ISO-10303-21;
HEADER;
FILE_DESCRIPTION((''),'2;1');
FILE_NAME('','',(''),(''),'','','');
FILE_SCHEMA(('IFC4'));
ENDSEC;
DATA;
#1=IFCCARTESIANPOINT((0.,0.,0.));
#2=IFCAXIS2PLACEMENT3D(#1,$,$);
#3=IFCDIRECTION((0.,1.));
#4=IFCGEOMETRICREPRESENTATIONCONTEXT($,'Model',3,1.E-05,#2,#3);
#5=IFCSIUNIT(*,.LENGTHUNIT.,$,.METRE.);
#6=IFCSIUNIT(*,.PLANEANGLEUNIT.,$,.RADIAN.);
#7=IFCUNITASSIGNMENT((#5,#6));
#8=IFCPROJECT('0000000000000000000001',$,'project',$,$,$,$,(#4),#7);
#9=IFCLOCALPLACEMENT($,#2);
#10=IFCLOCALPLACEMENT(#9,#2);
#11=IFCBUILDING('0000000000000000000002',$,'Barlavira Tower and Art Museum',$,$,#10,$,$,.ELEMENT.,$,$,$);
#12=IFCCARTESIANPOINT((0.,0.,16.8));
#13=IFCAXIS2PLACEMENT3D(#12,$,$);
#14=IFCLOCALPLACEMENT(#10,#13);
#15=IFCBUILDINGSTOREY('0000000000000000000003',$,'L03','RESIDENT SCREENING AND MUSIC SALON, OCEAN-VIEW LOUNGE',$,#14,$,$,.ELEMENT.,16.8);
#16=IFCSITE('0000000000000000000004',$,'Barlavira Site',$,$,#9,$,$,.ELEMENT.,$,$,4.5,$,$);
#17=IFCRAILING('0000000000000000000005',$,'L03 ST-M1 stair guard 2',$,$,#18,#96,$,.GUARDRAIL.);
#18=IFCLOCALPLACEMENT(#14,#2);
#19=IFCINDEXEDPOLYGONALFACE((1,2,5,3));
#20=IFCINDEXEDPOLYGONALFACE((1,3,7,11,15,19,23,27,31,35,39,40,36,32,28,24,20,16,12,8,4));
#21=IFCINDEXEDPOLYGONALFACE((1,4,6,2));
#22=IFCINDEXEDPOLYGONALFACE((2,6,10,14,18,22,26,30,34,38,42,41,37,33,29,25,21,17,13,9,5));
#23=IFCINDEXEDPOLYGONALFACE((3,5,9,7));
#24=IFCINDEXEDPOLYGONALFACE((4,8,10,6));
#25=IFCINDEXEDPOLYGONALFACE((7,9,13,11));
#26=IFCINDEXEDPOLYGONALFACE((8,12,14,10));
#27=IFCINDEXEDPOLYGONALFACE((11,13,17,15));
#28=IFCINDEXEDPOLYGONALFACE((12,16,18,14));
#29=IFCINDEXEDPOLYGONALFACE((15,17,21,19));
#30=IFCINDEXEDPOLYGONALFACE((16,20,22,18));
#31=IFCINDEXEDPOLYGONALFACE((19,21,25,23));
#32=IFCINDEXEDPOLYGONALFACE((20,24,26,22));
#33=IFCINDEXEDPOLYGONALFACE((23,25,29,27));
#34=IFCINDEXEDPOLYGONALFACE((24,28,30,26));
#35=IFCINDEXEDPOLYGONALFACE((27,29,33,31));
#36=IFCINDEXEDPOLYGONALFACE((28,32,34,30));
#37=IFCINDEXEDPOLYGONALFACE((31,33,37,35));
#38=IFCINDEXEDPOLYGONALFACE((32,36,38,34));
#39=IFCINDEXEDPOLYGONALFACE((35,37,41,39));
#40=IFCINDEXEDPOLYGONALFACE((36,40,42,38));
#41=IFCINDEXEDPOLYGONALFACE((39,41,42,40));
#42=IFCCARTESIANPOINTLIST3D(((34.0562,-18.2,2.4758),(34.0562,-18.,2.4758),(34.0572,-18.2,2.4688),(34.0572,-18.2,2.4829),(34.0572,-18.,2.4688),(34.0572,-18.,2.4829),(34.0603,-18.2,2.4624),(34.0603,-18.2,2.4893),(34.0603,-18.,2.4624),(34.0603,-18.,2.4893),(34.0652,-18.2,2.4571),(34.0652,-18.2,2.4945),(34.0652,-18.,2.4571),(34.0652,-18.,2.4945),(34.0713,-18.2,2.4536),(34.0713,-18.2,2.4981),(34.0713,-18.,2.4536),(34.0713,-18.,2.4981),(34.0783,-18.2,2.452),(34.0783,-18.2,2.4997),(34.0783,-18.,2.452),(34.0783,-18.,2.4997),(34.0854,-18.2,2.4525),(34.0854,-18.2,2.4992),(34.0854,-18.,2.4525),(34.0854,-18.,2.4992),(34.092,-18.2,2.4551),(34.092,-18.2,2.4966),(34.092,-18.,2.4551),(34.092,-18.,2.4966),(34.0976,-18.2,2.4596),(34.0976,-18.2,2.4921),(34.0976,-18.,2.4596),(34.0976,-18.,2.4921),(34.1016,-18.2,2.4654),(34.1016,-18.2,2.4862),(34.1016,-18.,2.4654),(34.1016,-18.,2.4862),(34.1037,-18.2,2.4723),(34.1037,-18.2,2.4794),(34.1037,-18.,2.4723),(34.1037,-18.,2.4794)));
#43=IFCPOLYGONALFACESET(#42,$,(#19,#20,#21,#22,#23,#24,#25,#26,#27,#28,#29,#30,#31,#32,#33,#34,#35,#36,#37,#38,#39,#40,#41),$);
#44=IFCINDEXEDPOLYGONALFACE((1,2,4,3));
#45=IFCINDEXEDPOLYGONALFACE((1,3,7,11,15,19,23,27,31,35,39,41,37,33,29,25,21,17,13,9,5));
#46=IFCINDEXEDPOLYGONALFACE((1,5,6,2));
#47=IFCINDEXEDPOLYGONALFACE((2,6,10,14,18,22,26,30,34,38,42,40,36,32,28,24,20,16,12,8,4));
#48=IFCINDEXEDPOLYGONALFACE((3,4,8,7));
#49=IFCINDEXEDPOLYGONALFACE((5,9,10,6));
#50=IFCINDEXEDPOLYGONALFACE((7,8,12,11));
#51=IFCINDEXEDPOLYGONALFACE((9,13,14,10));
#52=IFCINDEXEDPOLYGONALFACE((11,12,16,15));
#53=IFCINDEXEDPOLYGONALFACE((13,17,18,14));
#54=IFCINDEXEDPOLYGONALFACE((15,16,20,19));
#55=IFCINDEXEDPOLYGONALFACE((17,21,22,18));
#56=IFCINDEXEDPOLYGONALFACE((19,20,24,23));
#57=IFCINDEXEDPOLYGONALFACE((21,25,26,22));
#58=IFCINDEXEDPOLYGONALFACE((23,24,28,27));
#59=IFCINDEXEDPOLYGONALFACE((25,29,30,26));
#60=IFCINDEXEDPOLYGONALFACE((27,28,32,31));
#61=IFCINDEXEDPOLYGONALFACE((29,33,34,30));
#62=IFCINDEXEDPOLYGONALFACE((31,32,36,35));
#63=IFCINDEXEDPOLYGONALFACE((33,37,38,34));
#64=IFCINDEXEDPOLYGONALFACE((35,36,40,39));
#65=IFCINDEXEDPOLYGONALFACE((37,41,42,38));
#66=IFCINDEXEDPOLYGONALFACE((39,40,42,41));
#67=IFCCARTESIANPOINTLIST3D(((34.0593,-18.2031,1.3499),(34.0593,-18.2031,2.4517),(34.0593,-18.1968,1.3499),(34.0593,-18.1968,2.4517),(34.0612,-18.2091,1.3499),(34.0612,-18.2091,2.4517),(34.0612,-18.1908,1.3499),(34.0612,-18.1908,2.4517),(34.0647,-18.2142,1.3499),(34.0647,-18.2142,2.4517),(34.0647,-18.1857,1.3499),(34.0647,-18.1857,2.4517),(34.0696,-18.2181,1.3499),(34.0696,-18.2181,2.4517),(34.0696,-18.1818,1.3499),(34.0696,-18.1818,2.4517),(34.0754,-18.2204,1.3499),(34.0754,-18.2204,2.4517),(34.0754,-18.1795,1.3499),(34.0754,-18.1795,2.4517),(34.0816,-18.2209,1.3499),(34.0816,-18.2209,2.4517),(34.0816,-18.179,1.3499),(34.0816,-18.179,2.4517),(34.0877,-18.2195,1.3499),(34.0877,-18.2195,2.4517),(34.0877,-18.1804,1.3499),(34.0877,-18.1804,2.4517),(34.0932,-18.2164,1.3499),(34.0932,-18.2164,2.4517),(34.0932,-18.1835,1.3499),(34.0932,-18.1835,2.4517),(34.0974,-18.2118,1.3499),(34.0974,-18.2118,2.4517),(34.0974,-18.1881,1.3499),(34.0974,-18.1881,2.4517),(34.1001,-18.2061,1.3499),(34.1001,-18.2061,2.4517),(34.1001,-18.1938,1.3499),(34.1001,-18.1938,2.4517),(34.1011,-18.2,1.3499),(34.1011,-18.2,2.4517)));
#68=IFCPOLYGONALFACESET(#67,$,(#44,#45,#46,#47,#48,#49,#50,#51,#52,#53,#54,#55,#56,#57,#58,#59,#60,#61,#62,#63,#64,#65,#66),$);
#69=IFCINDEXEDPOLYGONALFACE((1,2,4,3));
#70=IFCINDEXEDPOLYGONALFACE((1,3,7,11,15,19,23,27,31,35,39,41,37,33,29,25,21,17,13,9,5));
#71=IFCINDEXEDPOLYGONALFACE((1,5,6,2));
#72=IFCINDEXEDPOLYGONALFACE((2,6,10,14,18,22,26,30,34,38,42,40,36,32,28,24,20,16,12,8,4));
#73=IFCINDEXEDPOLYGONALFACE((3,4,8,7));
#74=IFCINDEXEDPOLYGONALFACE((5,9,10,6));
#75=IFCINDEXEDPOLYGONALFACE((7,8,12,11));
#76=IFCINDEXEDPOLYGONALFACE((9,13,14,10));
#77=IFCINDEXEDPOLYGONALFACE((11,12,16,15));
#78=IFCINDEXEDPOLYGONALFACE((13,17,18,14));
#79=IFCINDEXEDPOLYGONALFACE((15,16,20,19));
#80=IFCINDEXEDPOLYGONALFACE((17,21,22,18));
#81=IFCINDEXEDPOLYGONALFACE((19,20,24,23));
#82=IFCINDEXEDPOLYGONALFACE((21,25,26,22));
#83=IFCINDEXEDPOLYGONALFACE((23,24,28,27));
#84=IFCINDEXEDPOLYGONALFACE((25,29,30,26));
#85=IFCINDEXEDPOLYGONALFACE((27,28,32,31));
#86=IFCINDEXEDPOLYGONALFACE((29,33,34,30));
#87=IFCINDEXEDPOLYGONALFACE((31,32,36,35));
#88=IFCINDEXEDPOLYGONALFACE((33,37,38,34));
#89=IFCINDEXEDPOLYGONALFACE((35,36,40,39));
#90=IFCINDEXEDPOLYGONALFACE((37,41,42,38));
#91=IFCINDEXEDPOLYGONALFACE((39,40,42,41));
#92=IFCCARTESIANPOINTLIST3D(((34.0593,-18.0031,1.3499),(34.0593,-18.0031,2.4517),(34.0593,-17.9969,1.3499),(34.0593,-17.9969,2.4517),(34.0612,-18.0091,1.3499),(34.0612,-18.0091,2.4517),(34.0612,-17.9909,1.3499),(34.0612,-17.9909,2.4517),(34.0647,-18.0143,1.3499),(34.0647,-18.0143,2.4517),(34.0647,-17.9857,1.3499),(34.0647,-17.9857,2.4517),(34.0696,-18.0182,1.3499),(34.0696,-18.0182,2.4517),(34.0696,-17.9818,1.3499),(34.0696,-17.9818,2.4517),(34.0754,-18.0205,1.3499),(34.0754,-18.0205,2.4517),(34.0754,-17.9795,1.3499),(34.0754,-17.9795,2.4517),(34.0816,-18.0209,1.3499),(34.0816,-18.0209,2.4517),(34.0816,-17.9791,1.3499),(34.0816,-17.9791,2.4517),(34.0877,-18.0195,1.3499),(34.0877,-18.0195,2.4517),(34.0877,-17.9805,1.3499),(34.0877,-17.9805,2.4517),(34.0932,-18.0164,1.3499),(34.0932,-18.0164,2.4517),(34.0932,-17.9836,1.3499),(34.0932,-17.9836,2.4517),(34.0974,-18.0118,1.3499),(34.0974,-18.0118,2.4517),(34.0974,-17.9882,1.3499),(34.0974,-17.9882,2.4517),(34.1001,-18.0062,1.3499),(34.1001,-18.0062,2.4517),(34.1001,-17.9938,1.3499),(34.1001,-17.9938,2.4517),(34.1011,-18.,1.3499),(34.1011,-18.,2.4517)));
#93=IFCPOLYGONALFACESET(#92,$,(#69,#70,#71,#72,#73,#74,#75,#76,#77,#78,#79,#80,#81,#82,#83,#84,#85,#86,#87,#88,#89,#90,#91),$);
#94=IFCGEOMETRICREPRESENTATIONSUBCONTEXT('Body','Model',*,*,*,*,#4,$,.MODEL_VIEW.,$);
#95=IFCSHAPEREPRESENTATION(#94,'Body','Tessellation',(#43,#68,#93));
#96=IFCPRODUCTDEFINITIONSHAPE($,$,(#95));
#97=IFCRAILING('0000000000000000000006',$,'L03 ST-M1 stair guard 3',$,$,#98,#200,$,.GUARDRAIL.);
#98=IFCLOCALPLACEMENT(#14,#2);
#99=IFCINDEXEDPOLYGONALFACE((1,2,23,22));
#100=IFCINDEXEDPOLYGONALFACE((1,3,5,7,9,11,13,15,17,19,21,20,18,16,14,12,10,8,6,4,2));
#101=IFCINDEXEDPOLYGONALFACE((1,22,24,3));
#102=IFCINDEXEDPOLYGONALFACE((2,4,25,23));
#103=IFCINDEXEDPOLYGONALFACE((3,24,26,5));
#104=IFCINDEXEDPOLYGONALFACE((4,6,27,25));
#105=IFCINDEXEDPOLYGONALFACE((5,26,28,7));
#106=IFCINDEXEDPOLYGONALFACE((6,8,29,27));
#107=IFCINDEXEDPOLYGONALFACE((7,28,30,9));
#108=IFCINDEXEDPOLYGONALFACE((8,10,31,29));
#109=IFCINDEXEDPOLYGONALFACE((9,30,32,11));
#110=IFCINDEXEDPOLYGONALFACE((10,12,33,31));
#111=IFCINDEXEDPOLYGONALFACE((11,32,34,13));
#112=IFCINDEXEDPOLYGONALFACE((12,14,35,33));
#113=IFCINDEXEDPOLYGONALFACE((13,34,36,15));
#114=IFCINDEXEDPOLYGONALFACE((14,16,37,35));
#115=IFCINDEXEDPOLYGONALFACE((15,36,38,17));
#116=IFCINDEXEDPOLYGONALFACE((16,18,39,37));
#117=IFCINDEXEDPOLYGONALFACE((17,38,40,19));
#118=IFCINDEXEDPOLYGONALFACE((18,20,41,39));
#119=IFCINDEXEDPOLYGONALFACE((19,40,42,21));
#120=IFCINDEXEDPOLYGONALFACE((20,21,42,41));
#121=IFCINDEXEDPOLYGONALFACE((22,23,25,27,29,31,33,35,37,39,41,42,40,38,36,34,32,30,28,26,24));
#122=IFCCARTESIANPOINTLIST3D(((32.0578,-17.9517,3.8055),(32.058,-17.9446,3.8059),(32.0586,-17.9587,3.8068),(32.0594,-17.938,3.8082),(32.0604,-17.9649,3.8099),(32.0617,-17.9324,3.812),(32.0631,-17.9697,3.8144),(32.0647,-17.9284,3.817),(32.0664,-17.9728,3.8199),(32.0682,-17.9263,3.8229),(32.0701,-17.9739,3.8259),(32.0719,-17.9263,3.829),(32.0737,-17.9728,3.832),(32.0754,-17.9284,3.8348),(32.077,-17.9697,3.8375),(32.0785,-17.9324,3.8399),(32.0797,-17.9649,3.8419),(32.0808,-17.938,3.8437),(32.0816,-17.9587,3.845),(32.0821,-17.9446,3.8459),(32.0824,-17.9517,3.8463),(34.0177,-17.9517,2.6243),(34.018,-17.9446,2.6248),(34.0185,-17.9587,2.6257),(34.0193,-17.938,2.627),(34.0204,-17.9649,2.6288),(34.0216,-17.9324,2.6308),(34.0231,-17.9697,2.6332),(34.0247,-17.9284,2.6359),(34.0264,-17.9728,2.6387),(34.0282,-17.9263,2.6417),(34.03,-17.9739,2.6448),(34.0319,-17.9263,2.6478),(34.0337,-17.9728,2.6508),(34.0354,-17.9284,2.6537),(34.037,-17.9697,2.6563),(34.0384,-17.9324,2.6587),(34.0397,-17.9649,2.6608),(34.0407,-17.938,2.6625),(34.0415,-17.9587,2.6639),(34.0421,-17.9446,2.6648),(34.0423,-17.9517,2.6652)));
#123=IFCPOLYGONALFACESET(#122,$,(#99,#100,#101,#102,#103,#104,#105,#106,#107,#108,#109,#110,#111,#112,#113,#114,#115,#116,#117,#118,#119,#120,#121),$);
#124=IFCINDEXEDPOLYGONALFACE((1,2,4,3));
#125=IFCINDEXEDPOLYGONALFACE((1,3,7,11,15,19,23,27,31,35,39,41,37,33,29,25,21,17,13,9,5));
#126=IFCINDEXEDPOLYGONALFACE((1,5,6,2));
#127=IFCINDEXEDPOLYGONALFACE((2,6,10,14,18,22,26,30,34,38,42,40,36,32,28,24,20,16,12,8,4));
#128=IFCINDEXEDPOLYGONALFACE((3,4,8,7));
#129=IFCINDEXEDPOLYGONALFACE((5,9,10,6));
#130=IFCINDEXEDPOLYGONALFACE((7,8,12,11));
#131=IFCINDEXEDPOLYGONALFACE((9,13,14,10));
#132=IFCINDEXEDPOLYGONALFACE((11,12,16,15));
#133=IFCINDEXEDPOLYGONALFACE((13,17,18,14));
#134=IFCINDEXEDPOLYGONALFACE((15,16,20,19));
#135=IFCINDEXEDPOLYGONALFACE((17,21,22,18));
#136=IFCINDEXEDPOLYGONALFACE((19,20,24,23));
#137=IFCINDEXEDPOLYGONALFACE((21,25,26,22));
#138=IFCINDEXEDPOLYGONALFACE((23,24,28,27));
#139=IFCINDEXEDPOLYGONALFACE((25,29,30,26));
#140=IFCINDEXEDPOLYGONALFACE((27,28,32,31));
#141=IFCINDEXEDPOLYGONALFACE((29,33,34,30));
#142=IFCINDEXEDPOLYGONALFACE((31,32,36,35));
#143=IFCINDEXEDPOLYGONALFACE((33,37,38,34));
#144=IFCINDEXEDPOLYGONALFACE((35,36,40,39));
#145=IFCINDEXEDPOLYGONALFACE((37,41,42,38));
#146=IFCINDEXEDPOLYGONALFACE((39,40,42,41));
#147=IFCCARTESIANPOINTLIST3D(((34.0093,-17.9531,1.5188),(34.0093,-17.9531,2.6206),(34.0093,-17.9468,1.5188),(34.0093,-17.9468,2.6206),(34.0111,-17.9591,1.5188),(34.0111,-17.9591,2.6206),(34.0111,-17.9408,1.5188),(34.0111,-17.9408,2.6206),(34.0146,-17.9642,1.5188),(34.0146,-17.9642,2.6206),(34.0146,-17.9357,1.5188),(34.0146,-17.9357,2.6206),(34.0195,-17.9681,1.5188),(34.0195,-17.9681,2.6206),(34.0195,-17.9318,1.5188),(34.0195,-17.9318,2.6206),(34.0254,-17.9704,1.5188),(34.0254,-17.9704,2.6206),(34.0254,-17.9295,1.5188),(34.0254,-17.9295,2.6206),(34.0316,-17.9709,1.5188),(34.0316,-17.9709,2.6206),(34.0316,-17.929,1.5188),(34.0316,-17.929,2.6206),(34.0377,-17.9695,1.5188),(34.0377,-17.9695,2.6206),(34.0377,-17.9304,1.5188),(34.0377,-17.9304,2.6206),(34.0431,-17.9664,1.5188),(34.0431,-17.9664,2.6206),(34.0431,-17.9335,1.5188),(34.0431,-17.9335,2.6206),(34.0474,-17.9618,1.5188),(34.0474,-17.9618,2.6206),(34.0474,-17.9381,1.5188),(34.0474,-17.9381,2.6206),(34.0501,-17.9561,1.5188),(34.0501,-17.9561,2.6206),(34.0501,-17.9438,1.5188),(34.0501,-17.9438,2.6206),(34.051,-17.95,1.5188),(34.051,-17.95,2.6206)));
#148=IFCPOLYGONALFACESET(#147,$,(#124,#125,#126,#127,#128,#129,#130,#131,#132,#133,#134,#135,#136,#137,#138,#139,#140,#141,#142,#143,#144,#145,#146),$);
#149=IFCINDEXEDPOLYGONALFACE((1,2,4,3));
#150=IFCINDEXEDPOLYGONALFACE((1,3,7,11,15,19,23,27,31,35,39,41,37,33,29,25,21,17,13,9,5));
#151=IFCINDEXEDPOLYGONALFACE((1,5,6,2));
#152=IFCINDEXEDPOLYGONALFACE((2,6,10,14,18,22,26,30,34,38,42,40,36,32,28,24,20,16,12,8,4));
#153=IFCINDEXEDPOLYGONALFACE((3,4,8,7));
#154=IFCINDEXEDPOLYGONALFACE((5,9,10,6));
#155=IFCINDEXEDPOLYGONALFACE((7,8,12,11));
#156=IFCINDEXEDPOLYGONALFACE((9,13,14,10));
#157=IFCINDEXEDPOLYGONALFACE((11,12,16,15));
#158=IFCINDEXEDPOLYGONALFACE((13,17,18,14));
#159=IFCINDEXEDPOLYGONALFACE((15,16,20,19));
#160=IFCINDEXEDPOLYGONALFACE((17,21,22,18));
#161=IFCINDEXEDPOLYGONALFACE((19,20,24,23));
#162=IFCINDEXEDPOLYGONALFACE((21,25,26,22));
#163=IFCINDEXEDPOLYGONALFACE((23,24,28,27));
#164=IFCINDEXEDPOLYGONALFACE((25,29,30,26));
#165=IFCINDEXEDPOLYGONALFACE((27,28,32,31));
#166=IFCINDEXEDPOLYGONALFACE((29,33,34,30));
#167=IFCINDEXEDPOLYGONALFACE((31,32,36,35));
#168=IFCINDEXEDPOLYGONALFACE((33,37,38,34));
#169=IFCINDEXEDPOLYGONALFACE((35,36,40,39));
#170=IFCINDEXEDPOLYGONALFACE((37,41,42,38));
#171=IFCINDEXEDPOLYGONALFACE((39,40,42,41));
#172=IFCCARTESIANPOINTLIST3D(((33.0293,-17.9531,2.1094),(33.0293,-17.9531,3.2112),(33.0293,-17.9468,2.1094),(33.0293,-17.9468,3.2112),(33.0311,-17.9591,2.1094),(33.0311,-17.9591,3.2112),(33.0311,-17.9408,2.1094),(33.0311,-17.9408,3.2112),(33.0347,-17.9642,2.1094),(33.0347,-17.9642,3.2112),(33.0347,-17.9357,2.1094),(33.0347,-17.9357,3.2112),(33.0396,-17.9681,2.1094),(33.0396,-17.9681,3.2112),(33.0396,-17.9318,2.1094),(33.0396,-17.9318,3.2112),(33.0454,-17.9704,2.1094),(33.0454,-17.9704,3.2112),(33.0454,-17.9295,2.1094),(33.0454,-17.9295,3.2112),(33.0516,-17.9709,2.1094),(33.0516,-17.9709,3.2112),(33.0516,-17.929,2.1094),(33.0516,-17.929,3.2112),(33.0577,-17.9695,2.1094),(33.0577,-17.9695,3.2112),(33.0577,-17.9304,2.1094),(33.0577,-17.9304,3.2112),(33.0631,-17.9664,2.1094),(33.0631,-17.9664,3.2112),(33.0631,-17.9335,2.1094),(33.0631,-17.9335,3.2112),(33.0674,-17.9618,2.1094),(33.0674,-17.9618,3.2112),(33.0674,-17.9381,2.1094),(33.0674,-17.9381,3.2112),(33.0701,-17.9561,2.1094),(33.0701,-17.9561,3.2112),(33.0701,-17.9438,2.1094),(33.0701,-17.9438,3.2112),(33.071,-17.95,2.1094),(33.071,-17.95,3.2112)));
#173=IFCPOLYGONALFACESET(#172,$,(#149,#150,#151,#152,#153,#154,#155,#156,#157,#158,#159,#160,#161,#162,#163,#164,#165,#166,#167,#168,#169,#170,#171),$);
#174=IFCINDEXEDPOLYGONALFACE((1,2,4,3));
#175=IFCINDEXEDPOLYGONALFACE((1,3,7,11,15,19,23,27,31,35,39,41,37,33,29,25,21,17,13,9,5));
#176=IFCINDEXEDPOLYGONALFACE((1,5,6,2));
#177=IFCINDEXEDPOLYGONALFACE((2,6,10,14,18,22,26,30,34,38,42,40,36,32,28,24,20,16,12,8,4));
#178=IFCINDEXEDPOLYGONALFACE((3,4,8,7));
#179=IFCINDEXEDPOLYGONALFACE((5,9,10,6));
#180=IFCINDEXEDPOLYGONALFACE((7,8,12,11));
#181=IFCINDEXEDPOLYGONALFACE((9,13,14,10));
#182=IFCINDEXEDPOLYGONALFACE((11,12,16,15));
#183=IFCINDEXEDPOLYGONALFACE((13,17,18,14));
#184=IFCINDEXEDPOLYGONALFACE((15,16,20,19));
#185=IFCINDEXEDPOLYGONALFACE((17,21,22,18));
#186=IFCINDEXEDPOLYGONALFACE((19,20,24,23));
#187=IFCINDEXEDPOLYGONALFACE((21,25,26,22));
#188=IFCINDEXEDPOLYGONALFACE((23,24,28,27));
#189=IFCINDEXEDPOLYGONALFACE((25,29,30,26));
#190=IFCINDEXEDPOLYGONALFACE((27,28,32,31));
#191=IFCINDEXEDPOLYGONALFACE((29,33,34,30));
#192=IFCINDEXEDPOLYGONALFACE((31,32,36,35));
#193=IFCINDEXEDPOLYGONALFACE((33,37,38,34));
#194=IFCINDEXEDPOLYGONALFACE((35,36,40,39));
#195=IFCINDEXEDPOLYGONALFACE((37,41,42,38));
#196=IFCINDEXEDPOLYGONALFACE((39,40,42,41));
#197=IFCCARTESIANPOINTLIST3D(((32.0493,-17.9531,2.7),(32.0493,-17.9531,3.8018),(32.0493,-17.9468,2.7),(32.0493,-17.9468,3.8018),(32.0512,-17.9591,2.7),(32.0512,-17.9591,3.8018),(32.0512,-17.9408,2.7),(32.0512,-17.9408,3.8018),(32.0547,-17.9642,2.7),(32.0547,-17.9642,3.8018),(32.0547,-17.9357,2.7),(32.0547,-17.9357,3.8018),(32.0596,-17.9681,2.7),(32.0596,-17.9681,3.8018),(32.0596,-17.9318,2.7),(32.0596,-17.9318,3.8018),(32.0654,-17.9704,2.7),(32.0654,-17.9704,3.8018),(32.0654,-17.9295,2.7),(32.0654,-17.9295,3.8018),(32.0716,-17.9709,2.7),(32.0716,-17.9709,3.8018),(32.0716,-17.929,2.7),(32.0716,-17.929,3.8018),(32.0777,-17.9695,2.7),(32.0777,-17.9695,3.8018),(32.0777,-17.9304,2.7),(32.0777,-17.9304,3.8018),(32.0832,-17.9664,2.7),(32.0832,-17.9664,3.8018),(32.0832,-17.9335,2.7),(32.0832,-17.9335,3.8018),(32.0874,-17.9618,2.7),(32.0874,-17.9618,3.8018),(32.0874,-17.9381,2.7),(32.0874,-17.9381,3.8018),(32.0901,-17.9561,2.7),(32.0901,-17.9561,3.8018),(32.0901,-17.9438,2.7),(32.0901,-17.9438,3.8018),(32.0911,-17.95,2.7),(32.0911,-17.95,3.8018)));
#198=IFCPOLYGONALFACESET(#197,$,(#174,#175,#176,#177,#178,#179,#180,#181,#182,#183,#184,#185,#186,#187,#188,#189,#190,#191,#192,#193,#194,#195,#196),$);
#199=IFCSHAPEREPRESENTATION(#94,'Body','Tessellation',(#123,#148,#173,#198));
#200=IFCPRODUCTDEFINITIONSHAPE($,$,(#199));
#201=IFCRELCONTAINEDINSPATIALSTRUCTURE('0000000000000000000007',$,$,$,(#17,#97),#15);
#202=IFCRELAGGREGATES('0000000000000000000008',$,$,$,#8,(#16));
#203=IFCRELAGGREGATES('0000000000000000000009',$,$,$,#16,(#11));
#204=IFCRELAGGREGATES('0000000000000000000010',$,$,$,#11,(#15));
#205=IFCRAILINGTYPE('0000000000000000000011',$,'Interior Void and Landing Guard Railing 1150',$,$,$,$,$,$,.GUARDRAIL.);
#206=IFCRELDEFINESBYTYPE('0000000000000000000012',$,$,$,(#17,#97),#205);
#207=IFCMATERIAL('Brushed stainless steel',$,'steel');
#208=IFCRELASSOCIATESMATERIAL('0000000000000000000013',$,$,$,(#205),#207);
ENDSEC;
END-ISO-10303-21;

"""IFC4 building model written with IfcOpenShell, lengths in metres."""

from ifc_helpers import new_model, si_unit, direction, frame, origin, origin_2d, place, context, subcontext, project, spatial, circle, extrude, material, type_object, element, save


model = new_model("IFC4")

# Units and contexts
model_context = context("Model", 3, precision=1e-05, world=origin(), true_north=direction((0.0, 1.0)))
body_context = subcontext(model_context, "Body", "Model", "MODEL_VIEW")
ifc_project = project(units=[si_unit("LENGTHUNIT", "METRE"), si_unit("PLANEANGLEUNIT", "RADIAN")], contexts=[model_context])

# Site, building, storey
site_placement = place(None, origin())
site = spatial("IfcSite", under=ifc_project, at=site_placement, Name="Barlavira Site", CompositionType="ELEMENT", RefElevation=4.5)
building_placement = place(site_placement, origin())
building = spatial("IfcBuilding", under=site, at=building_placement, Name="Barlavira Tower and Art Museum", CompositionType="ELEMENT")
storey_placement = place(building_placement, frame((0.0, 0.0, 16.8)))
storey = spatial("IfcBuildingStorey", under=building, at=storey_placement, Name="L03", Description="RESIDENT SCREENING AND MUSIC SALON, OCEAN-VIEW LOUNGE", CompositionType="ELEMENT", Elevation=16.8)

# Shared definitions
ifc_material_1 = material(Name="Brushed stainless steel", Category="steel")

# Railings
railing_type_1 = type_object("IfcRailingType", Name="Interior Void and Landing Guard Railing 1150", PredefinedType="GUARDRAIL", material=ifc_material_1)
railing_1_placement = place(storey_placement, frame((34.0801, -18.2, 1.3499)))
element("IfcRailing", 1, at=railing_1_placement, inside=storey, type_object=railing_type_1, Name="L03 ST-M1 stair guard 2", PredefinedType="GUARDRAIL", context=body_context, shape_type="SweptSolid", body=[
    extrude(circle(Radius=0.0239, at=origin_2d()), frame((0.0, 0.0, 1.126), z_axis=(0.0, 1.0, 0.0), x_axis=(-1.0, 0.0, 0.0)), (0.0, 0.0, 1.0), 0.2),
    extrude(circle(Radius=0.021, at=origin_2d()), origin(), (0.0, 0.0, 1.0), 1.1018),
    extrude(circle(Radius=0.021, at=origin_2d()), frame((0.0, 0.2, 0.0)), (0.0, 0.0, 1.0), 1.1018),
])
railing_2_placement = place(storey_placement, frame((34.03, -17.95, 1.5188)))
element("IfcRailing", 2, at=railing_2_placement, inside=storey, type_object=railing_type_1, Name="L03 ST-M1 stair guard 3", PredefinedType="GUARDRAIL", context=body_context, shape_type="SweptSolid", body=[
    extrude(circle(Radius=0.0239, at=origin_2d()), frame((0.0, 0.0, 1.126), z_axis=(-0.856493, 0.0, 0.516158), x_axis=(0.0, -1.0, 0.0)), (0.0, 0.0, 1.0), 2.2883),
    extrude(circle(Radius=0.021, at=origin_2d()), origin(), (0.0, 0.0, 1.0), 1.1018),
    extrude(circle(Radius=0.021, at=origin_2d()), frame((-0.98, 0.0, 0.5906)), (0.0, 0.0, 1.0), 1.1018),
    extrude(circle(Radius=0.021, at=origin_2d()), frame((-1.96, 0.0, 1.1812)), (0.0, 0.0, 1.0), 1.1018),
])

save(model, "model.ifc")
